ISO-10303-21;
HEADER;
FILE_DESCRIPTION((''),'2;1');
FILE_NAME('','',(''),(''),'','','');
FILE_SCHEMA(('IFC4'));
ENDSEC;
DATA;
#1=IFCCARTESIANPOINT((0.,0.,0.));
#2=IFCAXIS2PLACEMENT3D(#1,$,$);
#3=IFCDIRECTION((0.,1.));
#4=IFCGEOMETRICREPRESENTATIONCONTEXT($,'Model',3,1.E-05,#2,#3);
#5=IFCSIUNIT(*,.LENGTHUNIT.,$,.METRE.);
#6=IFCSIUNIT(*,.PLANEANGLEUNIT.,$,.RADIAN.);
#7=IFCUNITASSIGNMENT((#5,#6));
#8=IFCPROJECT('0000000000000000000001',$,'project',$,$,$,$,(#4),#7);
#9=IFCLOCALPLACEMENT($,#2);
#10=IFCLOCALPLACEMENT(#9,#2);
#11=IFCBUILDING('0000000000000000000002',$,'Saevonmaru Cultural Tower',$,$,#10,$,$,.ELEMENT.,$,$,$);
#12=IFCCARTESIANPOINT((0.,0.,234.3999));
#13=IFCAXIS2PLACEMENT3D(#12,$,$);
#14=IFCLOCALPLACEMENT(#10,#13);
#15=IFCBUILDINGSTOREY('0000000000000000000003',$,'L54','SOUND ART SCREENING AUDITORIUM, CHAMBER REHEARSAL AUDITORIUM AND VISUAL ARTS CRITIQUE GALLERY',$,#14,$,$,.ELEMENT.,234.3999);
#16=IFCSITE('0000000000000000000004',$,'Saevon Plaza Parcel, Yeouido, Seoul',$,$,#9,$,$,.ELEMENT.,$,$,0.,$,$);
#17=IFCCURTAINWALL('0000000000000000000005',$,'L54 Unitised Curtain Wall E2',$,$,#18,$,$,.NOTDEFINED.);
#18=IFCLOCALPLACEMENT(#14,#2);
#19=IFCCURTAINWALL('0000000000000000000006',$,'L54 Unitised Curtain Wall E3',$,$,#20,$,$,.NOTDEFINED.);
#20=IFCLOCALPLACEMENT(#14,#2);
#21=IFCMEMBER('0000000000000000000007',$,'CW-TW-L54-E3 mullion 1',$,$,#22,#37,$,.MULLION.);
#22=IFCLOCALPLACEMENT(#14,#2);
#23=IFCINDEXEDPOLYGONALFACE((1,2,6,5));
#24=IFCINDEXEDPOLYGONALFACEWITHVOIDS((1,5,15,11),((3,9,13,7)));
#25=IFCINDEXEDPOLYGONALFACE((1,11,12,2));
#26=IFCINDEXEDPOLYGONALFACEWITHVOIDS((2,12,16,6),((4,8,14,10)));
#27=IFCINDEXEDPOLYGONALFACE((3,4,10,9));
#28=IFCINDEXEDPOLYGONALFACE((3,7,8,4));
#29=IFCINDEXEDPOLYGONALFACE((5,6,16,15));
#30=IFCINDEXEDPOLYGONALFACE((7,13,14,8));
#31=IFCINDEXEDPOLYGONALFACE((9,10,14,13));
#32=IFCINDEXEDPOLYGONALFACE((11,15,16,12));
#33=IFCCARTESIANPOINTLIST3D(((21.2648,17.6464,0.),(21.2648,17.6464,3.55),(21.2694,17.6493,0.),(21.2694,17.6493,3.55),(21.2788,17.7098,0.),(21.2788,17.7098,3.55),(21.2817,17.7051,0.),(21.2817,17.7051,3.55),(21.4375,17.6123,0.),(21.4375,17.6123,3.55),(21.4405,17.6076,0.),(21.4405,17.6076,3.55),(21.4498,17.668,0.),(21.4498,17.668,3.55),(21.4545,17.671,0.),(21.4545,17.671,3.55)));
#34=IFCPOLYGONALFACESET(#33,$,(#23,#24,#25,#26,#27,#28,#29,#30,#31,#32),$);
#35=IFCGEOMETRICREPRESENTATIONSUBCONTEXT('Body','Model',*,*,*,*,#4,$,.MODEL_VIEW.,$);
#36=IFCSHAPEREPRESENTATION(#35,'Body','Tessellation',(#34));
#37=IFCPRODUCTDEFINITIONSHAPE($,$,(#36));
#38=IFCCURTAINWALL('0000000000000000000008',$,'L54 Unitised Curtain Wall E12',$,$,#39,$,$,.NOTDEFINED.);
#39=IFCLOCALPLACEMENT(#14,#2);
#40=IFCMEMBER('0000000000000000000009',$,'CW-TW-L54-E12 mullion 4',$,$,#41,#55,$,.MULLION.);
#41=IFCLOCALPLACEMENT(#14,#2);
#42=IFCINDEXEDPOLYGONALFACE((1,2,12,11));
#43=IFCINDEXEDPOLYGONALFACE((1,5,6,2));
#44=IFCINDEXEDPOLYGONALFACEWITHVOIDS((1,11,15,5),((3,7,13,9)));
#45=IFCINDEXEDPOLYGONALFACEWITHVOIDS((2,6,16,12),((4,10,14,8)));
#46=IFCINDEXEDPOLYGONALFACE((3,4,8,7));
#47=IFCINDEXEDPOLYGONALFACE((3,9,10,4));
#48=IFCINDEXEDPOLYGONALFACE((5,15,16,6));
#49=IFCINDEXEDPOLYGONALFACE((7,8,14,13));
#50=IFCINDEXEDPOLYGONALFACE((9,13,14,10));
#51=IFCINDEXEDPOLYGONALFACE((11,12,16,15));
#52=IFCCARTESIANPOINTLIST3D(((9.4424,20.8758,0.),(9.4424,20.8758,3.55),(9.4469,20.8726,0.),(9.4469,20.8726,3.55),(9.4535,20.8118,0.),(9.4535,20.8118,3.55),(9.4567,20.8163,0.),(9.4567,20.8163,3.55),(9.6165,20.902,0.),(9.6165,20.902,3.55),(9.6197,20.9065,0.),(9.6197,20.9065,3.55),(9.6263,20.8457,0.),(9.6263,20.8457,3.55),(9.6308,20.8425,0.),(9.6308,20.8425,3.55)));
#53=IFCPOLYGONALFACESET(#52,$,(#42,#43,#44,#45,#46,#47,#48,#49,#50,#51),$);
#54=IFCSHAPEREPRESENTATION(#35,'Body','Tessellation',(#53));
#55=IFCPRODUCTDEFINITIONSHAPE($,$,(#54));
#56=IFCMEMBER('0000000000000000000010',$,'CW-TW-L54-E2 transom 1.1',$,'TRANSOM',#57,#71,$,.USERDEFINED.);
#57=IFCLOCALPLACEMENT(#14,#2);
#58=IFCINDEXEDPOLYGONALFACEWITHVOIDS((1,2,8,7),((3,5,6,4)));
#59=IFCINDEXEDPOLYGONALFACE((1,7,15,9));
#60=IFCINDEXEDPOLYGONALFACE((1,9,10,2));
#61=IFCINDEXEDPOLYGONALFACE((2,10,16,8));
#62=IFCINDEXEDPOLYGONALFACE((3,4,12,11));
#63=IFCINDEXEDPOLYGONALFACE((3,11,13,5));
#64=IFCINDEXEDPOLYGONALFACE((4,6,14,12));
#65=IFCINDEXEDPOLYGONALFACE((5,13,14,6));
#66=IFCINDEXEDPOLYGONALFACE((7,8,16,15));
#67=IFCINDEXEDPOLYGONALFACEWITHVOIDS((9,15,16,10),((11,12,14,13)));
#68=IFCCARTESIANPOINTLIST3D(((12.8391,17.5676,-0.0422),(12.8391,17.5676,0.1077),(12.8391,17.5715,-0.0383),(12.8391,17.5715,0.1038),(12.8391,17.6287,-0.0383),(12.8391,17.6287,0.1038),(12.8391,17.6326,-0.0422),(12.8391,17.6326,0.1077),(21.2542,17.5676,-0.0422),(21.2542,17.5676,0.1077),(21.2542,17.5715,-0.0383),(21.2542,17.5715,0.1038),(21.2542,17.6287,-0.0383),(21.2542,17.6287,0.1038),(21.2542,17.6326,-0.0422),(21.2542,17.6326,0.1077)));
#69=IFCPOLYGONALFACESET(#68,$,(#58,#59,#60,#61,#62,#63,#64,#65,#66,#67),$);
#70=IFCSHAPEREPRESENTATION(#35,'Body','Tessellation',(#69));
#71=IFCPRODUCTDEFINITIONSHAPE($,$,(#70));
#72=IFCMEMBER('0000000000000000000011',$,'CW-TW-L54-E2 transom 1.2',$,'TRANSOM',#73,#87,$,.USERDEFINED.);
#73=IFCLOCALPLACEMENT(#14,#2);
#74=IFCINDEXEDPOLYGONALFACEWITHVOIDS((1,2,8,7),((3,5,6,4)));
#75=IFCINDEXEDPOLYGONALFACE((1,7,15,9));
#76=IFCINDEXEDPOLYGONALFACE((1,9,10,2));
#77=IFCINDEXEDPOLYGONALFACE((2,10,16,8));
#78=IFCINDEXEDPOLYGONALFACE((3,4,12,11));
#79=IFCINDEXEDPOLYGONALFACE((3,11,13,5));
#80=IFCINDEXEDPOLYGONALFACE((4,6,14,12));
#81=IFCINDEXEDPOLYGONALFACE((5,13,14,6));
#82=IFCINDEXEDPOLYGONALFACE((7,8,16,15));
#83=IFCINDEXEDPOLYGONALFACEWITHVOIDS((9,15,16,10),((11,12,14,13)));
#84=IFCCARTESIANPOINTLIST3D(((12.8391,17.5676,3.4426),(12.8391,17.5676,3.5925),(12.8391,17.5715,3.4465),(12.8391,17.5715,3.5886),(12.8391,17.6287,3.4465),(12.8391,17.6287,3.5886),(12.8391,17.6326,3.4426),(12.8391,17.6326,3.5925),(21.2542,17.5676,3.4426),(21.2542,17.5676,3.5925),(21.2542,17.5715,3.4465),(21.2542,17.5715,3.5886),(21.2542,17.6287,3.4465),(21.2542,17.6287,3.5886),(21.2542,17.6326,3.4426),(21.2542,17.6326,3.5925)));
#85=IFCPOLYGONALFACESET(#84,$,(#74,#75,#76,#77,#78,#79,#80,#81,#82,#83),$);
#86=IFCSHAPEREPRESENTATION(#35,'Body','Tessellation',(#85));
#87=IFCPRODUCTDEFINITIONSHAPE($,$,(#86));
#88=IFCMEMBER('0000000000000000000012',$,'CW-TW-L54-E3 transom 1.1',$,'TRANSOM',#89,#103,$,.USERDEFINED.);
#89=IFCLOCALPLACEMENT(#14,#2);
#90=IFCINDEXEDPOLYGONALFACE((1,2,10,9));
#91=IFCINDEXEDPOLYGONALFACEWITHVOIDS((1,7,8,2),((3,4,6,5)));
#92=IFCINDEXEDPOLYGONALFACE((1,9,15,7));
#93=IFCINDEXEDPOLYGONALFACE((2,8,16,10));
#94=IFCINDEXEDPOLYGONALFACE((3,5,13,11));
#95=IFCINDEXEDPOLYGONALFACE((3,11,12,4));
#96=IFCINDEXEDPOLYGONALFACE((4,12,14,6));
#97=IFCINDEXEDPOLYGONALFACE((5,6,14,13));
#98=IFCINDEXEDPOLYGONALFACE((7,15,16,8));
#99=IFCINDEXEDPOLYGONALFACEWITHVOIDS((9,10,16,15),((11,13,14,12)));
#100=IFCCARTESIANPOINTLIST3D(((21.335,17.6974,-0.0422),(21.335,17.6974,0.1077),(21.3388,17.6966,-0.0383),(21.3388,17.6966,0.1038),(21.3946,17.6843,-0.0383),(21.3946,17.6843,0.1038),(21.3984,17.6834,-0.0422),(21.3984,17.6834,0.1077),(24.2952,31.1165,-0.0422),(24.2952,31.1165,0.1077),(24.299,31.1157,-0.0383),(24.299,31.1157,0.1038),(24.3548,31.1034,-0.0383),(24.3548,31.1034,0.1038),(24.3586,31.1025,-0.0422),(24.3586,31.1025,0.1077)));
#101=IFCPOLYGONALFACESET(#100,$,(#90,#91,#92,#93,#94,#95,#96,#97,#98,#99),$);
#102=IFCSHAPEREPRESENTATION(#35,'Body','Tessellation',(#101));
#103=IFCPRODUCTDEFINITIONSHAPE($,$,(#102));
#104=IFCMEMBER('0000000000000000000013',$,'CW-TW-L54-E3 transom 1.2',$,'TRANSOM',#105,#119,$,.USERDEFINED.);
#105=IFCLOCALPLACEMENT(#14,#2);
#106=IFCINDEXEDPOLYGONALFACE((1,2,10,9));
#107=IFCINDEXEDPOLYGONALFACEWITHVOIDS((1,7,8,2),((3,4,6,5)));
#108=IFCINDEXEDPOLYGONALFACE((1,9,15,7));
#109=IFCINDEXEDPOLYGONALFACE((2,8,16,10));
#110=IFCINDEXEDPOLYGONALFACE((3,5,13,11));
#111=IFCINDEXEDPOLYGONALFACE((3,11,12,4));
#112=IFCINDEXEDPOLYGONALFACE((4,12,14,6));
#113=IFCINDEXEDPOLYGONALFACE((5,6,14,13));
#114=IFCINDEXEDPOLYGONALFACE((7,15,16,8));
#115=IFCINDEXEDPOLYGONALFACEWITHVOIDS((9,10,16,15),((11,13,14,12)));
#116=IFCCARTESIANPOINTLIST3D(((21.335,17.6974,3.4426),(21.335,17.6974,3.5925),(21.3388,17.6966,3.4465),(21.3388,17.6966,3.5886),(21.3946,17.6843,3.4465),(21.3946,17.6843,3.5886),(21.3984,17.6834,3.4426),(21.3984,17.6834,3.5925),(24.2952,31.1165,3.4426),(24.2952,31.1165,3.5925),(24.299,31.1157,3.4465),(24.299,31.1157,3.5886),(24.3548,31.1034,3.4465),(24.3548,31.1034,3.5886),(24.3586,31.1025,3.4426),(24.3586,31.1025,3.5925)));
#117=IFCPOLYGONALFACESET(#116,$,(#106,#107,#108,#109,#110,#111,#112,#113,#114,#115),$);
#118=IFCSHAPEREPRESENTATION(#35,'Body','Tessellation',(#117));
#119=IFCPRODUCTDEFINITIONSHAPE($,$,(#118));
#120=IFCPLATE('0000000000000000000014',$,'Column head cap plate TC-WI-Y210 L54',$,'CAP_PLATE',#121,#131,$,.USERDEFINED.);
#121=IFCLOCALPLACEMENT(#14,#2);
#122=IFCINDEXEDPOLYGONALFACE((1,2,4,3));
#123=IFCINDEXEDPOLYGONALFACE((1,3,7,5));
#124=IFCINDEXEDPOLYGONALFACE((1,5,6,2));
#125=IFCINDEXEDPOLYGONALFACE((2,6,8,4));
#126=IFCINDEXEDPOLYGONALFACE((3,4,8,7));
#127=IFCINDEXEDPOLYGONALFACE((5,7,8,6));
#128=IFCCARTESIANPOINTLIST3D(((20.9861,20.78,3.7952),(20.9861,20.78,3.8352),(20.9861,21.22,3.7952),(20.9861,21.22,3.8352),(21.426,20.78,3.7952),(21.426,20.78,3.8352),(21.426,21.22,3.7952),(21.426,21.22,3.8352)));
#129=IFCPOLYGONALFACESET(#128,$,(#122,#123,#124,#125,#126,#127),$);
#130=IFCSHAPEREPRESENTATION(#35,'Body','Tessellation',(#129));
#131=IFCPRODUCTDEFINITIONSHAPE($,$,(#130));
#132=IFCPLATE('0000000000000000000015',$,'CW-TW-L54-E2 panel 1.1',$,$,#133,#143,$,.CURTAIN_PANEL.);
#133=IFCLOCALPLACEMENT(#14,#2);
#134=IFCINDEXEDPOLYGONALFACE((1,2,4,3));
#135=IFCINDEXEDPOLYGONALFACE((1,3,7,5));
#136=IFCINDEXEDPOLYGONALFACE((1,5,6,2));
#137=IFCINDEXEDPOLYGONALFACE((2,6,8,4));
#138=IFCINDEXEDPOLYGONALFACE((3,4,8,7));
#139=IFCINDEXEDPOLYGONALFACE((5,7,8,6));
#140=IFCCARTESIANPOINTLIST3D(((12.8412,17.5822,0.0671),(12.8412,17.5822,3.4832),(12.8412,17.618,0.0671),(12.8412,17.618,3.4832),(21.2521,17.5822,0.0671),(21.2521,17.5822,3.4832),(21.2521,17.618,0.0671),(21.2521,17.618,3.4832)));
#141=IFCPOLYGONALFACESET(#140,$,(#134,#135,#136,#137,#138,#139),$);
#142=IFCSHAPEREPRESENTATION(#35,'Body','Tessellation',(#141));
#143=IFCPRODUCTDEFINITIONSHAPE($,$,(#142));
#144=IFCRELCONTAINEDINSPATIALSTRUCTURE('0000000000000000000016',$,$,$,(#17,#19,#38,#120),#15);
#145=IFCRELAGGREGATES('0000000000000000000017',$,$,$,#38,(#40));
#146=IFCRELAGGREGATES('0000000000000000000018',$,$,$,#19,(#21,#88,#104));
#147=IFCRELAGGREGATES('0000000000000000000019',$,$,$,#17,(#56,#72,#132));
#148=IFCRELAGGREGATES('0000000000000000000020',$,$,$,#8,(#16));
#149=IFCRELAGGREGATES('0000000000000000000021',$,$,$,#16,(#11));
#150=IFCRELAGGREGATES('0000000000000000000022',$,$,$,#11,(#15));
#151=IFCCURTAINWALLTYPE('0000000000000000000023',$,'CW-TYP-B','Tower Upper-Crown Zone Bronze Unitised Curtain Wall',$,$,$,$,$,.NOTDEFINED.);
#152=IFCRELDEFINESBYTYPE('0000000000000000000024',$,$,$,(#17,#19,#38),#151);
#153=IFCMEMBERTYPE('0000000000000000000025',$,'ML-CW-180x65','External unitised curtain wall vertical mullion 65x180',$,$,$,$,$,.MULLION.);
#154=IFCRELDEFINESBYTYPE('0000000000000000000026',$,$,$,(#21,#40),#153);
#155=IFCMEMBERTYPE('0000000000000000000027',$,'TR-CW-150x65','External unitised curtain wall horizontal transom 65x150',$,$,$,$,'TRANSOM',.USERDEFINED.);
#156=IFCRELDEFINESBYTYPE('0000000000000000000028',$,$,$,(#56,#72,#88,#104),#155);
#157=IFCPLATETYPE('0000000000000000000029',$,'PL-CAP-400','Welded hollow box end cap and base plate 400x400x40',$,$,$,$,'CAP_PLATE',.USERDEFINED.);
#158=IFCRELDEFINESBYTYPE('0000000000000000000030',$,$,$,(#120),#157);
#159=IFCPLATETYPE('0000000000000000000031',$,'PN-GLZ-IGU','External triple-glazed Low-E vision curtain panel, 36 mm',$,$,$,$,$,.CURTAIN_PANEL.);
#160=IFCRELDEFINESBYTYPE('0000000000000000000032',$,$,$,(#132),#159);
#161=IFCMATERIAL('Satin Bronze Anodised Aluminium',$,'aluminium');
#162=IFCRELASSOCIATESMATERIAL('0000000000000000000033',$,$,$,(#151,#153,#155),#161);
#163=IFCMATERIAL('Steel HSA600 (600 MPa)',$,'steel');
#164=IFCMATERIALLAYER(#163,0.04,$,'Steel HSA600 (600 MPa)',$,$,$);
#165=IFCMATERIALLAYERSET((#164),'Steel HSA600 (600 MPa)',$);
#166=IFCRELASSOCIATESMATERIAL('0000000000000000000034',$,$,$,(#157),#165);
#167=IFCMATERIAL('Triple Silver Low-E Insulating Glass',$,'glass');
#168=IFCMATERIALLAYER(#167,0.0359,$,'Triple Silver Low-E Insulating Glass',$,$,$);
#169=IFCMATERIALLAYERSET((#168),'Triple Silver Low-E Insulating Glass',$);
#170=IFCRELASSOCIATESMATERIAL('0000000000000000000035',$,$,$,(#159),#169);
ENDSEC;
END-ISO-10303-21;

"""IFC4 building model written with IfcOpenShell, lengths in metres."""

from ifc_helpers import new_model, si_unit, direction, frame, origin, origin_2d, place, context, subcontext, project, spatial, rectangle, hollow_rectangle, extrude, material, layer, layer_set, material_profile, profile_set, type_object, element, aggregate, save


model = new_model("IFC4")

# Units and contexts
model_context = context("Model", 3, precision=1e-05, world=origin(), true_north=direction((0.0, 1.0)))
body_context = subcontext(model_context, "Body", "Model", "MODEL_VIEW")
ifc_project = project(units=[si_unit("LENGTHUNIT", "METRE"), si_unit("PLANEANGLEUNIT", "RADIAN")], contexts=[model_context])

# Site, building, storey
site_placement = place(None, origin())
site = spatial("IfcSite", under=ifc_project, at=site_placement, Name="Saevon Plaza Parcel, Yeouido, Seoul", CompositionType="ELEMENT", RefElevation=0.0)
building_placement = place(site_placement, origin())
building = spatial("IfcBuilding", under=site, at=building_placement, Name="Saevonmaru Cultural Tower", CompositionType="ELEMENT")
storey_placement = place(building_placement, frame((0.0, 0.0, 234.3999)))
storey = spatial("IfcBuildingStorey", under=building, at=storey_placement, Name="L54", Description="SOUND ART SCREENING AUDITORIUM, CHAMBER REHEARSAL AUDITORIUM AND VISUAL ARTS CRITIQUE GALLERY", CompositionType="ELEMENT", Elevation=234.3999)

# Curtain wall
ifc_material_1 = material(Name="Satin Bronze Anodised Aluminium", Category="aluminium")
curtain_wall_type = type_object("IfcCurtainWallType", Name="CW-TYP-B", Description="Tower Upper-Crown Zone Bronze Unitised Curtain Wall", PredefinedType="NOTDEFINED", material=ifc_material_1)
curtain_wall_1_placement = place(storey_placement, origin())
curtain_wall_1 = element("IfcCurtainWall", 1, at=curtain_wall_1_placement, inside=storey, type_object=curtain_wall_type, Name="L54 Unitised Curtain Wall E2", PredefinedType="NOTDEFINED")
ifc_material_profile_1 = material_profile(ifc_material_1, hollow_rectangle(XDim=0.0649, YDim=0.1799, WallThickness=0.0039, at=origin_2d()), Name="ALU-MULL-180x65x4")
ifc_profile_set_1 = profile_set([ifc_material_profile_1], Name="Satin Bronze Anodised Aluminium")
member_type_1 = type_object("IfcMemberType", Name="ML-CW-180x65", Description="External unitised curtain wall vertical mullion 65x180", PredefinedType="MULLION", material=ifc_profile_set_1)

# Curtain walls, members
curtain_wall_2_placement = place(storey_placement, origin())
curtain_wall_2 = element("IfcCurtainWall", 2, at=curtain_wall_2_placement, inside=storey, type_object=curtain_wall_type, Name="L54 Unitised Curtain Wall E3", PredefinedType="NOTDEFINED")
member_1_placement = place(storey_placement, frame((21.3596, 17.6587, 0.0), z_axis=(0.0, 0.0, 1.0), x_axis=(0.215413, 0.976523, 0.0)))
member_1 = element("IfcMember", 3, at=member_1_placement, type_object=member_type_1, Name="CW-TW-L54-E3 mullion 1", PredefinedType="MULLION", context=body_context, shape_type="SweptSolid", body=[
    extrude(hollow_rectangle(XDim=0.0649, YDim=0.1799, WallThickness=0.0039, at=origin_2d()), origin(), (0.0, 0.0, 1.0), 3.55),
])
curtain_wall_3_placement = place(storey_placement, origin())
curtain_wall_3 = element("IfcCurtainWall", 4, at=curtain_wall_3_placement, inside=storey, type_object=curtain_wall_type, Name="L54 Unitised Curtain Wall E12", PredefinedType="NOTDEFINED")
member_2_placement = place(storey_placement, frame((9.5366, 20.8591, 0.0), z_axis=(0.0, 0.0, 1.0), x_axis=(0.17079, -0.985307, 0.0)))
member_2 = element("IfcMember", 5, at=member_2_placement, type_object=member_type_1, Name="CW-TW-L54-E12 mullion 4", PredefinedType="MULLION", context=body_context, shape_type="SweptSolid", body=[
    extrude(hollow_rectangle(XDim=0.0649, YDim=0.1799, WallThickness=0.0039, at=origin_2d()), origin(), (0.0, 0.0, 1.0), 3.55),
])
aggregate(curtain_wall_3, [member_2])

# Members
ifc_material_profile_2 = material_profile(ifc_material_1, hollow_rectangle(XDim=0.0649, YDim=0.1499, WallThickness=0.0039, at=origin_2d()), Name="ALU-TRAN-150x65x4")
ifc_profile_set_2 = profile_set([ifc_material_profile_2], Name="Satin Bronze Anodised Aluminium")
member_type_2 = type_object("IfcMemberType", Name="TR-CW-150x65", Description="External unitised curtain wall horizontal transom 65x150", ElementType="TRANSOM", PredefinedType="USERDEFINED", material=ifc_profile_set_2)
member_3_placement = place(storey_placement, frame((12.8391, 17.6001, 0.0327), z_axis=(1.0, 0.0, 0.0), x_axis=(0.0, 1.0, 0.0)))
member_3 = element("IfcMember", 6, at=member_3_placement, type_object=member_type_2, Name="CW-TW-L54-E2 transom 1.1", ObjectType="TRANSOM", PredefinedType="USERDEFINED", context=body_context, shape_type="SweptSolid", body=[
    extrude(hollow_rectangle(XDim=0.0649, YDim=0.1499, WallThickness=0.0039, at=origin_2d()), origin(), (0.0, 0.0, 1.0), 8.415),
])
member_4_placement = place(storey_placement, frame((12.8391, 17.6001, 3.5176), z_axis=(1.0, 0.0, 0.0), x_axis=(0.0, 1.0, 0.0)))
member_4 = element("IfcMember", 7, at=member_4_placement, type_object=member_type_2, Name="CW-TW-L54-E2 transom 1.2", ObjectType="TRANSOM", PredefinedType="USERDEFINED", context=body_context, shape_type="SweptSolid", body=[
    extrude(hollow_rectangle(XDim=0.0649, YDim=0.1499, WallThickness=0.0039, at=origin_2d()), origin(), (0.0, 0.0, 1.0), 8.415),
])
member_5_placement = place(storey_placement, frame((21.3667, 17.6904, 0.0327), z_axis=(0.215416, 0.976522, 0.0), x_axis=(-0.976522, 0.215416, 0.0)))
member_5 = element("IfcMember", 8, at=member_5_placement, type_object=member_type_2, Name="CW-TW-L54-E3 transom 1.1", ObjectType="TRANSOM", PredefinedType="USERDEFINED", context=body_context, shape_type="SweptSolid", body=[
    extrude(hollow_rectangle(XDim=0.0649, YDim=0.1499, WallThickness=0.0039, at=origin_2d()), origin(), (0.0, 0.0, 1.0), 13.7417),
])
member_6_placement = place(storey_placement, frame((21.3667, 17.6904, 3.5176), z_axis=(0.215416, 0.976522, 0.0), x_axis=(-0.976522, 0.215416, 0.0)))
member_6 = element("IfcMember", 9, at=member_6_placement, type_object=member_type_2, Name="CW-TW-L54-E3 transom 1.2", ObjectType="TRANSOM", PredefinedType="USERDEFINED", context=body_context, shape_type="SweptSolid", body=[
    extrude(hollow_rectangle(XDim=0.0649, YDim=0.1499, WallThickness=0.0039, at=origin_2d()), origin(), (0.0, 0.0, 1.0), 13.7417),
])
aggregate(curtain_wall_2, [member_1, member_5, member_6])

# Plates
ifc_material_2 = material(Name="Steel HSA600 (600 MPa)", Category="steel")
ifc_layer_1 = layer(ifc_material_2, 0.04, Name="Steel HSA600 (600 MPa)")
ifc_layer_set_1 = layer_set([ifc_layer_1], Name="Steel HSA600 (600 MPa)")
plate_type_1 = type_object("IfcPlateType", Name="PL-CAP-400", Description="Welded hollow box end cap and base plate 400x400x40", ElementType="CAP_PLATE", PredefinedType="USERDEFINED", material=ifc_layer_set_1)
plate_1_placement = place(storey_placement, frame((21.2061, 21.0, 3.7952), z_axis=(0.0, 0.0, 1.0), x_axis=(1.0, 0.0, 0.0)))
element("IfcPlate", 10, at=plate_1_placement, inside=storey, type_object=plate_type_1, Name="Column head cap plate TC-WI-Y210 L54", ObjectType="CAP_PLATE", PredefinedType="USERDEFINED", context=body_context, shape_type="SweptSolid", body=[
    extrude(rectangle(XDim=0.4399, YDim=0.4399, at=origin_2d()), origin(), (0.0, 0.0, 1.0), 0.04),
])
ifc_material_3 = material(Name="Triple Silver Low-E Insulating Glass", Category="glass")
ifc_layer_2 = layer(ifc_material_3, 0.0359, Name="Triple Silver Low-E Insulating Glass")
ifc_layer_set_2 = layer_set([ifc_layer_2], Name="Triple Silver Low-E Insulating Glass")
plate_type_2 = type_object("IfcPlateType", Name="PN-GLZ-IGU", Description="External triple-glazed Low-E vision curtain panel, 36 mm", PredefinedType="CURTAIN_PANEL", material=ifc_layer_set_2)
plate_2_placement = place(storey_placement, frame((17.0466, 17.6001, 0.0671), z_axis=(0.0, 0.0, 1.0), x_axis=(1.0, 0.0, 0.0)))
plate_2 = element("IfcPlate", 11, at=plate_2_placement, type_object=plate_type_2, Name="CW-TW-L54-E2 panel 1.1", PredefinedType="CURTAIN_PANEL", context=body_context, shape_type="SweptSolid", body=[
    extrude(rectangle(XDim=8.4109, YDim=0.0359, at=origin_2d()), origin(), (0.0, 0.0, 1.0), 3.416),
])
aggregate(curtain_wall_1, [member_3, member_4, plate_2])

save(model, "model.ifc")
